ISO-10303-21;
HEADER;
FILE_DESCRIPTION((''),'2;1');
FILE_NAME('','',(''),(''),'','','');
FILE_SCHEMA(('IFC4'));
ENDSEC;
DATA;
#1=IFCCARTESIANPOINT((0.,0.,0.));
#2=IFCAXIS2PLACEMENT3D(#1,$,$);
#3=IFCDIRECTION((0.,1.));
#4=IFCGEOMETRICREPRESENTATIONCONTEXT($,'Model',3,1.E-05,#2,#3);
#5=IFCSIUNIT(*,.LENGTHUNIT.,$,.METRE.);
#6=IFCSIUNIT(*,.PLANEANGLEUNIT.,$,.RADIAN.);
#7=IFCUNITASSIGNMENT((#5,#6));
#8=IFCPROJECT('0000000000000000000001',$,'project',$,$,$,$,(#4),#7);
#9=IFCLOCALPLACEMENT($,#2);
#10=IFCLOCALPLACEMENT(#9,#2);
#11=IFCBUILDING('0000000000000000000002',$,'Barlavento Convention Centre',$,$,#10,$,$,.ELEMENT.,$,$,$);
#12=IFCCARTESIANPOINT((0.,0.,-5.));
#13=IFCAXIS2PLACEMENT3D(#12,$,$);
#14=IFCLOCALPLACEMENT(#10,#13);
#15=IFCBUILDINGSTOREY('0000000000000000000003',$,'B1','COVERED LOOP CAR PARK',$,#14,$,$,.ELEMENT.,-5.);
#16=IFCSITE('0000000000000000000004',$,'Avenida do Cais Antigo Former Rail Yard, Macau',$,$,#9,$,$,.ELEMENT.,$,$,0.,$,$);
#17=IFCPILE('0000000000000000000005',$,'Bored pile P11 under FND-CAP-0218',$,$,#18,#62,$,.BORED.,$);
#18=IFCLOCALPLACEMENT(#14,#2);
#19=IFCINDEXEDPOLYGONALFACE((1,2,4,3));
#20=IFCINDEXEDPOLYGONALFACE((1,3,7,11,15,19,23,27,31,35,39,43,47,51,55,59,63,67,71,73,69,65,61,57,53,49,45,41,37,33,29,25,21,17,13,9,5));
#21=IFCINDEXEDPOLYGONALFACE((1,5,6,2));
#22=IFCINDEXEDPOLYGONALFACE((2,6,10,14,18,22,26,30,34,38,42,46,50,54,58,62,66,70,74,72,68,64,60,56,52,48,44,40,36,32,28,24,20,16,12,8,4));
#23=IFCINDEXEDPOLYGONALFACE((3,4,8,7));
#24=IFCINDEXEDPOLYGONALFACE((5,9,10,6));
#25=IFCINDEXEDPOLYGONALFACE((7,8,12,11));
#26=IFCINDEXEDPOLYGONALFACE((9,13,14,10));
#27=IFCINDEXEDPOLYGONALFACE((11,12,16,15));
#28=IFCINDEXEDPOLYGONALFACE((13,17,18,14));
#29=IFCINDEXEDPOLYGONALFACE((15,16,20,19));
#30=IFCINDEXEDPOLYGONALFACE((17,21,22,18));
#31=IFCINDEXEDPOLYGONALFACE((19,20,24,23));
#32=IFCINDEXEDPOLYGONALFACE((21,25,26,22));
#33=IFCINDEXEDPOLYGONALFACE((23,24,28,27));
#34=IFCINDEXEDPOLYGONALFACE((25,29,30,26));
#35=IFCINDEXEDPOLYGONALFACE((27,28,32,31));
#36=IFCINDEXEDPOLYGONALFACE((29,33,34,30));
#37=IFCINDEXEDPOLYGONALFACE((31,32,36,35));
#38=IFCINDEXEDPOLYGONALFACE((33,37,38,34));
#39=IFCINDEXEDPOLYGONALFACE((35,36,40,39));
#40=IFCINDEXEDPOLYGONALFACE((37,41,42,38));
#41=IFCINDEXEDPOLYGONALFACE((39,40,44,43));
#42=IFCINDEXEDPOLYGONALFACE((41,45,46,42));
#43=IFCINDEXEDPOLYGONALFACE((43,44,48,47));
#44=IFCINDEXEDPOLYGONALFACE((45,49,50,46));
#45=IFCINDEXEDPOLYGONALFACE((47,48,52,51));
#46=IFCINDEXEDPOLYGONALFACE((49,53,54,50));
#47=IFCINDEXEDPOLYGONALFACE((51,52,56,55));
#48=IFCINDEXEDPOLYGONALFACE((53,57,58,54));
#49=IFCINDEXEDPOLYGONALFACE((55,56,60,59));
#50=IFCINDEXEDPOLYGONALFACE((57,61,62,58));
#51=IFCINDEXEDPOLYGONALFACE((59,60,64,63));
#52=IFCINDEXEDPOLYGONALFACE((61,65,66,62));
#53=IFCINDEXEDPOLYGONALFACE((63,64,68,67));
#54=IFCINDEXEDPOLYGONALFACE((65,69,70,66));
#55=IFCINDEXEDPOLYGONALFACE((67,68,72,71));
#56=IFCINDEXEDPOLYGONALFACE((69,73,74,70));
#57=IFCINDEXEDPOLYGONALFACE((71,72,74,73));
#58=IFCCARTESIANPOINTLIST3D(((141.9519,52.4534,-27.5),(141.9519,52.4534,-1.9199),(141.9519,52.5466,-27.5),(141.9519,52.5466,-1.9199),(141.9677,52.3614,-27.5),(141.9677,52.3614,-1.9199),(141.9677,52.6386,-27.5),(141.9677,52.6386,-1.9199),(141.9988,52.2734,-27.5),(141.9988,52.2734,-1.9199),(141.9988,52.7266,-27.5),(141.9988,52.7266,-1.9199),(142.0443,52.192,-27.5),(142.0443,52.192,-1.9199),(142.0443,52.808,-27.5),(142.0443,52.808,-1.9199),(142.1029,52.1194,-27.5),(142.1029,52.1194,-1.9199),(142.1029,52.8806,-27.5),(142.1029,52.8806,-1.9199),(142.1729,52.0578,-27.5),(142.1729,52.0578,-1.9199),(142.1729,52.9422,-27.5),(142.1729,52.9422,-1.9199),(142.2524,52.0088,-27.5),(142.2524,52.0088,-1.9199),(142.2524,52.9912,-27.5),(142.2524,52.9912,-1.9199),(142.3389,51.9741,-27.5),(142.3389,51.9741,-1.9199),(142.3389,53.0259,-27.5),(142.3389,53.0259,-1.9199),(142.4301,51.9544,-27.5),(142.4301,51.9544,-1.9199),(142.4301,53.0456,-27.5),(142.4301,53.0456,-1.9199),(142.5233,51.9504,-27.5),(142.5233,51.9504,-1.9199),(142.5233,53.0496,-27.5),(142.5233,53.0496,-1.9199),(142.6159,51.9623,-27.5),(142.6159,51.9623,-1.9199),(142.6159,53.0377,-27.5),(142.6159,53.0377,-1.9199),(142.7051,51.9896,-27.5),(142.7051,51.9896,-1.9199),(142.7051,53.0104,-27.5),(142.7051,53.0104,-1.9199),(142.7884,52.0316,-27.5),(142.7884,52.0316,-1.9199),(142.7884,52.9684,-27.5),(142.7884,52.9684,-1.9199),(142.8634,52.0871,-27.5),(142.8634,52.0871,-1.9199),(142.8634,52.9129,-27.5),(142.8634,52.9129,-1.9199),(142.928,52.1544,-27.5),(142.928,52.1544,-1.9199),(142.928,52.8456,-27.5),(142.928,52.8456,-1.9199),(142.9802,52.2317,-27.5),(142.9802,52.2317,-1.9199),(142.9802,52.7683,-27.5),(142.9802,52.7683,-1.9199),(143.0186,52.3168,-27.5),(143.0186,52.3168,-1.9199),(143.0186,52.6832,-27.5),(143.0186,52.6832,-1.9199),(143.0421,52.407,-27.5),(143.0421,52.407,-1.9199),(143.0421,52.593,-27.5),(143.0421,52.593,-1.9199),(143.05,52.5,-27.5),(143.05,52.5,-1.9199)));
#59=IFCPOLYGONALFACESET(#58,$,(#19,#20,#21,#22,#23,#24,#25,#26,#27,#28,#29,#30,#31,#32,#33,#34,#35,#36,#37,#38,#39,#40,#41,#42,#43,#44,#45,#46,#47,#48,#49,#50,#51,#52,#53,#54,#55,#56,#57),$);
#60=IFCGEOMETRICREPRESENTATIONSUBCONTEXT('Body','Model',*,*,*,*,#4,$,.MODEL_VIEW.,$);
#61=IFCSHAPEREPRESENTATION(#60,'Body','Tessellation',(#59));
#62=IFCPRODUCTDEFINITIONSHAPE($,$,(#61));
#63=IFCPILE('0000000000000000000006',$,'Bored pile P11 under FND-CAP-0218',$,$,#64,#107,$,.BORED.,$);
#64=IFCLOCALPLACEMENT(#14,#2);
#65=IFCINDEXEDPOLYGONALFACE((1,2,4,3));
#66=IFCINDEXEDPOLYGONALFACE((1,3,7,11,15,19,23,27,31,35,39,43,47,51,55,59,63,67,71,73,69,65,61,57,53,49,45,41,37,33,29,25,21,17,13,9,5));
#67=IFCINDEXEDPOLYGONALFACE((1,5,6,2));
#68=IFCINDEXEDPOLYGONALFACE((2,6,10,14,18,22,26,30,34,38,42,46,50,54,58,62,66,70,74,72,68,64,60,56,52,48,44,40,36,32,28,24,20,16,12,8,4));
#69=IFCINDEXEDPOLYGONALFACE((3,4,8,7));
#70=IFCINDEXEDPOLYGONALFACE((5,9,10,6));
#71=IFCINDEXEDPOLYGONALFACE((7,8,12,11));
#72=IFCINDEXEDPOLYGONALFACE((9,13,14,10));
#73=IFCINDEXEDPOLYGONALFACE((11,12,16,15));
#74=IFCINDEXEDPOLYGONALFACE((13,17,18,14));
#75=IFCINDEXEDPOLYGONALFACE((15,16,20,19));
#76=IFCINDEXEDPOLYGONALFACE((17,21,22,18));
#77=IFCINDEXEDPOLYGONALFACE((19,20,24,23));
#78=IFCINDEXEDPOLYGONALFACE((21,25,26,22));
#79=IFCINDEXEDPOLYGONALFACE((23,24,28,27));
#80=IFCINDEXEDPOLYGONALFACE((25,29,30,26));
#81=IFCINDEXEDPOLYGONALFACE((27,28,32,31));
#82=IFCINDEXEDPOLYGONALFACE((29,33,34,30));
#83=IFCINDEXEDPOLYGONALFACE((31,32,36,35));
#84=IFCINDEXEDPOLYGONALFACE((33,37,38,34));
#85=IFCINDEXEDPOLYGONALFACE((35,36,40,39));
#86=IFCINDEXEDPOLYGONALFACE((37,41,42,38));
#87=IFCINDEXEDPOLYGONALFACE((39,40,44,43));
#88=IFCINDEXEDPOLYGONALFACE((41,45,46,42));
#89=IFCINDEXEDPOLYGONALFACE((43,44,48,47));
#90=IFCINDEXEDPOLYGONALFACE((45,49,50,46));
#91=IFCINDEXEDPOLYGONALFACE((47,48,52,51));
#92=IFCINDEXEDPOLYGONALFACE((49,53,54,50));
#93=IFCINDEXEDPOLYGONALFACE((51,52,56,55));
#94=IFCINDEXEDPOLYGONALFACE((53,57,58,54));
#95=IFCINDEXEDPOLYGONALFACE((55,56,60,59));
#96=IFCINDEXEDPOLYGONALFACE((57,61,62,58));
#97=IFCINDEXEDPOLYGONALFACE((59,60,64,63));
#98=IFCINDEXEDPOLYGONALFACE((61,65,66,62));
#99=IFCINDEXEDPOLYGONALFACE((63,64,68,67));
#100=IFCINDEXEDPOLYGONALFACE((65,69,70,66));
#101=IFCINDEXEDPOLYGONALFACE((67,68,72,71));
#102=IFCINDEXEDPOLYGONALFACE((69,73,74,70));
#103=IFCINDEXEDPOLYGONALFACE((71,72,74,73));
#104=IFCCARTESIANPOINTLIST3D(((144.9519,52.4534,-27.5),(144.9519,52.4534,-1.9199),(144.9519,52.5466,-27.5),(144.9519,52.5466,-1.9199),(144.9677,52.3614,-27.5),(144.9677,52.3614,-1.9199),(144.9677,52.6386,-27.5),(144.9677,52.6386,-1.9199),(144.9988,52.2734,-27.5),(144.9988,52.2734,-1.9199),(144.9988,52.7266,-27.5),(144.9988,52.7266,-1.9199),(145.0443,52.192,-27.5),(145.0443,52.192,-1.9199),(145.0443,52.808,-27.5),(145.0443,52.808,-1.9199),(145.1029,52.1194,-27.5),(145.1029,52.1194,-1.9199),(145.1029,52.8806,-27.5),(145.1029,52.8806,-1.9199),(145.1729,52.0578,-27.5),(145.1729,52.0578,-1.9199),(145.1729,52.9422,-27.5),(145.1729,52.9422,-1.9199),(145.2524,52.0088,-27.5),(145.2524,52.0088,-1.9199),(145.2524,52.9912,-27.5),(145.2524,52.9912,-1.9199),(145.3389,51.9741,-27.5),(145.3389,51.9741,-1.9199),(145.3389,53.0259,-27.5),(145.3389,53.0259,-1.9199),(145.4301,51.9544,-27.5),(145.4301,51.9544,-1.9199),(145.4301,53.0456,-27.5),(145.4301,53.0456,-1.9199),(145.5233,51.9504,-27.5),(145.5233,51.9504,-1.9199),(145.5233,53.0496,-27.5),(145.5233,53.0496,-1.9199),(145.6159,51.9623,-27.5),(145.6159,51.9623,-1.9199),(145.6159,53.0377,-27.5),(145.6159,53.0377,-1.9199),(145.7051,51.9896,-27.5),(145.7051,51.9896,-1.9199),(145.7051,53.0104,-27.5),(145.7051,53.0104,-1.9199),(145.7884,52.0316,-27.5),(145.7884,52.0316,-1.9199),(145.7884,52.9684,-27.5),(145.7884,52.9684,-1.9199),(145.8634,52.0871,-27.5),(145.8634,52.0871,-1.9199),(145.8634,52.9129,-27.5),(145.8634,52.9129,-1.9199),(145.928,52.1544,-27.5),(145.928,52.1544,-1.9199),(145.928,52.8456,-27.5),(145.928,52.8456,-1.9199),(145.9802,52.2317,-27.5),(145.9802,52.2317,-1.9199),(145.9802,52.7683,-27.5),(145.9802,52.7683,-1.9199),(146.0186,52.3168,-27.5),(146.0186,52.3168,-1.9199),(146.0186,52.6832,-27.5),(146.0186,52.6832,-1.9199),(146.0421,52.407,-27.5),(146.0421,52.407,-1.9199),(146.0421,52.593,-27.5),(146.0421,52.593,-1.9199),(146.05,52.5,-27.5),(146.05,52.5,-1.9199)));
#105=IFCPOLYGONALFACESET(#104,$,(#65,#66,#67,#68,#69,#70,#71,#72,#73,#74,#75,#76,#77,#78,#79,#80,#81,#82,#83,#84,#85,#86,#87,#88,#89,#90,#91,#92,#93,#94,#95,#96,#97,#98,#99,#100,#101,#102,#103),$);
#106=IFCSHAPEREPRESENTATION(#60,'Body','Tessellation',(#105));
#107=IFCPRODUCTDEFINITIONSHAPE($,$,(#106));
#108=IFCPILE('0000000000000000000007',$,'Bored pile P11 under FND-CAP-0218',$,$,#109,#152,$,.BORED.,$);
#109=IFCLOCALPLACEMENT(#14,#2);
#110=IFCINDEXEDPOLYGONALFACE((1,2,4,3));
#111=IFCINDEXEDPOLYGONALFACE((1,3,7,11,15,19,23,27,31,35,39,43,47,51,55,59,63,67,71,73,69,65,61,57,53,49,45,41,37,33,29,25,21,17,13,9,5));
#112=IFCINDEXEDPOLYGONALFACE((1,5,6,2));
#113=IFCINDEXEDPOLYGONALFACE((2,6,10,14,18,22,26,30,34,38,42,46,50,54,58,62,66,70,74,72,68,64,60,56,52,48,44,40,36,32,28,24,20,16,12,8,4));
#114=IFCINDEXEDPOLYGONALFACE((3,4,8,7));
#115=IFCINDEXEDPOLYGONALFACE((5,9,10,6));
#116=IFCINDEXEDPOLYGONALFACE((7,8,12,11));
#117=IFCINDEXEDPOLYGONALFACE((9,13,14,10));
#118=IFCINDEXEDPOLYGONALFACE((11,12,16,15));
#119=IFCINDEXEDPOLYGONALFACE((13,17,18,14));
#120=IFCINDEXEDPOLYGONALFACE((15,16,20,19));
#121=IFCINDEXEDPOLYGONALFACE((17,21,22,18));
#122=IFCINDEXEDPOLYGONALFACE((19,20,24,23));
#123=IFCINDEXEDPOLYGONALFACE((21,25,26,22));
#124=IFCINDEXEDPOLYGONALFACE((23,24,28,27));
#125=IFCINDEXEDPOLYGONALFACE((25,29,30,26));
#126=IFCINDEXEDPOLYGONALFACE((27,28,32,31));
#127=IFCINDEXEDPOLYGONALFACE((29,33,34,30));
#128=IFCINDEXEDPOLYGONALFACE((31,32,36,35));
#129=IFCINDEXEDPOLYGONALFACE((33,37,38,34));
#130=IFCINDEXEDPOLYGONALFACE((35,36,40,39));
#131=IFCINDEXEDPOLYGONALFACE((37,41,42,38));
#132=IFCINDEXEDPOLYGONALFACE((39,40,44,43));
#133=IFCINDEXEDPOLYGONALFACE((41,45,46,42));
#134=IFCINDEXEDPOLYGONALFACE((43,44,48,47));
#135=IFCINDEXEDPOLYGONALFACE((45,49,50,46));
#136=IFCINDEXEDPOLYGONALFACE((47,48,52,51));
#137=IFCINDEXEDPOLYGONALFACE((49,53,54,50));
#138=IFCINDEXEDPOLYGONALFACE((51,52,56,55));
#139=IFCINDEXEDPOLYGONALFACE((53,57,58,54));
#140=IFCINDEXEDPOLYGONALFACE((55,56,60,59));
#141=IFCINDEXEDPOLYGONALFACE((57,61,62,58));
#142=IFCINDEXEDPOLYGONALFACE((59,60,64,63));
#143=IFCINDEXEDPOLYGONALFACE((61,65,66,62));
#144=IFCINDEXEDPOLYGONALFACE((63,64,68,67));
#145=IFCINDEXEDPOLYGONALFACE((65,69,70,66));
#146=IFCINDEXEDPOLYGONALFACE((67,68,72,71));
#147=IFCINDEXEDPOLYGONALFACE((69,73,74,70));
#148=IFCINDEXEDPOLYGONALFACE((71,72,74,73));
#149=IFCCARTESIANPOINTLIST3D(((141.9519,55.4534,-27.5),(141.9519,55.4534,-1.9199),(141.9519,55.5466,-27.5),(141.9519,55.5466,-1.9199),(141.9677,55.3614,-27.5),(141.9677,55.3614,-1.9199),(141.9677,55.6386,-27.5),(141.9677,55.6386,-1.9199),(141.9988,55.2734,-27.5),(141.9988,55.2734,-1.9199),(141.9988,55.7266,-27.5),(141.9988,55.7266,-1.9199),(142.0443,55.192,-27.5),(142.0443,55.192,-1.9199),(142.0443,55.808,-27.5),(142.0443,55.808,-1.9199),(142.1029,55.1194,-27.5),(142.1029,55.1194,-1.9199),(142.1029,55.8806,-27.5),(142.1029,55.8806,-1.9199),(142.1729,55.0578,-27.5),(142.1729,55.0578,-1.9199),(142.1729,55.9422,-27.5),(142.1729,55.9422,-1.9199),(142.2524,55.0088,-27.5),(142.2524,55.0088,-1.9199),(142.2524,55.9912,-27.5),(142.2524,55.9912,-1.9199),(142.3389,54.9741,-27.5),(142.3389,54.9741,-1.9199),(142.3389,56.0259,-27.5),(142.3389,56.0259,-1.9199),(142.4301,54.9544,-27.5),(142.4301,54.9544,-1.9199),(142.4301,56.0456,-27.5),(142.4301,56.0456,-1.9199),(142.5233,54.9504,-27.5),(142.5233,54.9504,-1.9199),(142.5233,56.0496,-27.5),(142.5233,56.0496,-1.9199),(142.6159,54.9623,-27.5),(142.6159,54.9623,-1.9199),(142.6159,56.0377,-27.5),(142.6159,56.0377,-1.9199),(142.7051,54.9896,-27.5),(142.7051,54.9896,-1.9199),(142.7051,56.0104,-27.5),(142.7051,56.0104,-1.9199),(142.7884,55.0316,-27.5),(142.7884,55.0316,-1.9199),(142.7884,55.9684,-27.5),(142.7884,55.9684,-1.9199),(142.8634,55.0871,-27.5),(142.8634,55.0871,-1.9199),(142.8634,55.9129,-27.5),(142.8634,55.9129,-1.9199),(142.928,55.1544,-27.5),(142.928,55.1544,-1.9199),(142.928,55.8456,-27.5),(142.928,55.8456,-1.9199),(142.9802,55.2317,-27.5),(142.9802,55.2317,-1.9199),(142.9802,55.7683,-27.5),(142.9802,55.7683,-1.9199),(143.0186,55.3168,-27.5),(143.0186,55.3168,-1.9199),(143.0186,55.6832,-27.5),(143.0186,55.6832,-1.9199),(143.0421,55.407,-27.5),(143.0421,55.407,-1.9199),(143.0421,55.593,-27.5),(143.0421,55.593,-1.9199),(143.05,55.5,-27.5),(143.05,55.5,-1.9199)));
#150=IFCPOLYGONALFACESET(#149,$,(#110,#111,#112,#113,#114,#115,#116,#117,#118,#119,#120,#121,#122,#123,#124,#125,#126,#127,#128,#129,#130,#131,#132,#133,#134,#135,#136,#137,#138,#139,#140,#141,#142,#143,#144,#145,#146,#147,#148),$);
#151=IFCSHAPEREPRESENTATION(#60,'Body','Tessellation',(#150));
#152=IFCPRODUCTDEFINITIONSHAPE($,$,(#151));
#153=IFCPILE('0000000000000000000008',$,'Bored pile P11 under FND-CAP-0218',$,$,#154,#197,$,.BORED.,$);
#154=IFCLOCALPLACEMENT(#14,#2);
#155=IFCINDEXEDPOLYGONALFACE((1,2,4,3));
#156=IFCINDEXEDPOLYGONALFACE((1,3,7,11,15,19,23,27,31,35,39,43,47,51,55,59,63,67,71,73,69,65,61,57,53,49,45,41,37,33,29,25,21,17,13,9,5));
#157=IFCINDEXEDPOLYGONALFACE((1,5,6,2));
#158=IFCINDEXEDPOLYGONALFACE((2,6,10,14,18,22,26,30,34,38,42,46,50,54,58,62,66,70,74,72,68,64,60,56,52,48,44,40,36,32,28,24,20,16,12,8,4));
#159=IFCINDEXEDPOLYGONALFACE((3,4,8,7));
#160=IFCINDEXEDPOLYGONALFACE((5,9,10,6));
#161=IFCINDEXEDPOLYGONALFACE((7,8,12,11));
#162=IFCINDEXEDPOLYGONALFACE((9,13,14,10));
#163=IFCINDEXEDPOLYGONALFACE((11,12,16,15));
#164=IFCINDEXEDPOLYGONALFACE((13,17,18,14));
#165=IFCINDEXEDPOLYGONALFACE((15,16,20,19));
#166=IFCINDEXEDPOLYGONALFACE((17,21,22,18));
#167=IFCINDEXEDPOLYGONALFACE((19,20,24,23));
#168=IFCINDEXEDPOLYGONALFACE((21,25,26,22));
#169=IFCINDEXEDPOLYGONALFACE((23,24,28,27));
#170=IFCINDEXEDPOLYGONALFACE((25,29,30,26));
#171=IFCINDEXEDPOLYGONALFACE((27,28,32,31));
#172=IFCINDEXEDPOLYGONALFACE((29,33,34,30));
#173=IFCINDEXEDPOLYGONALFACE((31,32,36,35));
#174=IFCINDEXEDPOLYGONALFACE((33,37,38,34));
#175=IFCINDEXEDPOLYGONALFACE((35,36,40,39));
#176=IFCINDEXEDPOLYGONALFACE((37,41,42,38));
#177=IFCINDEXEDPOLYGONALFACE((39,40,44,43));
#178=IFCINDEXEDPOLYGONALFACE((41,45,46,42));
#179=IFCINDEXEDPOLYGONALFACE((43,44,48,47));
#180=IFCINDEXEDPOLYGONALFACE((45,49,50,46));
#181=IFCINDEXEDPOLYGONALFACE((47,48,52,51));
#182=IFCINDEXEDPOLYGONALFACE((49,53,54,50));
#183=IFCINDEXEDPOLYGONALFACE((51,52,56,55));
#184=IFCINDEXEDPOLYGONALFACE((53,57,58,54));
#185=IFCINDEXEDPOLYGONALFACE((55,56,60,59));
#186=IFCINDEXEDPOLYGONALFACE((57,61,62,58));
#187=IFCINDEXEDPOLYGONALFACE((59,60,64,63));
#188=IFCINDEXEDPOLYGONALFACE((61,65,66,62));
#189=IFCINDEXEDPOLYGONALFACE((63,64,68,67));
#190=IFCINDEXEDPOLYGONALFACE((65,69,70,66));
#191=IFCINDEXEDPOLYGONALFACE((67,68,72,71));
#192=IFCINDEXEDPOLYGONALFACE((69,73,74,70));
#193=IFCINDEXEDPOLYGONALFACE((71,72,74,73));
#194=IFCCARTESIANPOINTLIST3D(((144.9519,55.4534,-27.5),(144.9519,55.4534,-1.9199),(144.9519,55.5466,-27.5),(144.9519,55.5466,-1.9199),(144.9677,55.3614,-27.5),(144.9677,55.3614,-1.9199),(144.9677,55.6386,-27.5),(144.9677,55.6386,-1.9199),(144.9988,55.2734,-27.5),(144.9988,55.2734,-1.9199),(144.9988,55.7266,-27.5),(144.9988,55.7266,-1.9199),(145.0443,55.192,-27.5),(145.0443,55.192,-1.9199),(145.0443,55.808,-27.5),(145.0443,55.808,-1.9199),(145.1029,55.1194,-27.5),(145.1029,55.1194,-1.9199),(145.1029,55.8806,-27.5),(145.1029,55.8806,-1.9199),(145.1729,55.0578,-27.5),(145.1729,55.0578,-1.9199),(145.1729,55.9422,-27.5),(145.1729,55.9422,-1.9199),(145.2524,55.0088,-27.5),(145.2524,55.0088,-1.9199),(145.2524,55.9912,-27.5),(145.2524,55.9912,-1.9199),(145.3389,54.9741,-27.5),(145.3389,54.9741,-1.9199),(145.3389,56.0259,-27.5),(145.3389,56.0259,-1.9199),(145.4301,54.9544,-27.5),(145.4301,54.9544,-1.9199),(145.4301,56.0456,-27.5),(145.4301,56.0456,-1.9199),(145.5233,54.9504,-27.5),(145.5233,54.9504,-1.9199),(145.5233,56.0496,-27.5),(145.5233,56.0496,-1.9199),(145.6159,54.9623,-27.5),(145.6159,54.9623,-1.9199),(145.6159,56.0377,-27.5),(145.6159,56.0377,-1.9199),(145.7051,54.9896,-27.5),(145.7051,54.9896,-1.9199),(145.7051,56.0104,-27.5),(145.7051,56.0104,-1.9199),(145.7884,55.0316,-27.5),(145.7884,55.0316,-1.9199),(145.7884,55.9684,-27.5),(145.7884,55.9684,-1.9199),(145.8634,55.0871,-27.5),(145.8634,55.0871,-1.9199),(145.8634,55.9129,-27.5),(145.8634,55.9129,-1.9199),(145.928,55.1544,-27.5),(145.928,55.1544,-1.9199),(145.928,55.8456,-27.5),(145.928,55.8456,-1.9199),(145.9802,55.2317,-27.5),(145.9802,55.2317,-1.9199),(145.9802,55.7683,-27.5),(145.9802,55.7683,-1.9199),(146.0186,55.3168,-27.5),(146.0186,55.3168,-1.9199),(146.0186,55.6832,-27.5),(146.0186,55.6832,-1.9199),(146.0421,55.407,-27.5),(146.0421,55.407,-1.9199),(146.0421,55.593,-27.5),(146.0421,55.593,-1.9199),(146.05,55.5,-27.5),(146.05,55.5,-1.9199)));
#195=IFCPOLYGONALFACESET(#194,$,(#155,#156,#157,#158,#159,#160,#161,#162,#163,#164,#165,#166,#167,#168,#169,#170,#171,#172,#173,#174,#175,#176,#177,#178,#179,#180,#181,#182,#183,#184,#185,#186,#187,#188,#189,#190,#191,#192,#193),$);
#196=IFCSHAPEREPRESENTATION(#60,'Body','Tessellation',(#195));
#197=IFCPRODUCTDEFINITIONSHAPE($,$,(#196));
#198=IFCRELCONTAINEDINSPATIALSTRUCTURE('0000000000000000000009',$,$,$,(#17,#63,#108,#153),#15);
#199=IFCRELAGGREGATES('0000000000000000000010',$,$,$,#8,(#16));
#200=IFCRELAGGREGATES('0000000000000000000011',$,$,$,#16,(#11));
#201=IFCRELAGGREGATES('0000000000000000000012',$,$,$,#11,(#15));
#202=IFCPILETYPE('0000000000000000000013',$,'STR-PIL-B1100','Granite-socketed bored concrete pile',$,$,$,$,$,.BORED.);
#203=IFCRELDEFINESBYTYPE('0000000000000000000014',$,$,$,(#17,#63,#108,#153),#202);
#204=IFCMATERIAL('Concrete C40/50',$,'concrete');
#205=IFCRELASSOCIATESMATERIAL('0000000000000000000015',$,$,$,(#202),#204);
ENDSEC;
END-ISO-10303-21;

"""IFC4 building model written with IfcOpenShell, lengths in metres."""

from ifc_helpers import new_model, si_unit, direction, frame, origin, origin_2d, place, context, subcontext, project, spatial, circle, extrude, material, material_profile, profile_set, type_object, element, save


model = new_model("IFC4")

# Units and contexts
model_context = context("Model", 3, precision=1e-05, world=origin(), true_north=direction((0.0, 1.0)))
body_context = subcontext(model_context, "Body", "Model", "MODEL_VIEW")
ifc_project = project(units=[si_unit("LENGTHUNIT", "METRE"), si_unit("PLANEANGLEUNIT", "RADIAN")], contexts=[model_context])

# Site, building, storey
site_placement = place(None, origin())
site = spatial("IfcSite", under=ifc_project, at=site_placement, Name="Avenida do Cais Antigo Former Rail Yard, Macau", CompositionType="ELEMENT", RefElevation=0.0)
building_placement = place(site_placement, origin())
building = spatial("IfcBuilding", under=site, at=building_placement, Name="Barlavento Convention Centre", CompositionType="ELEMENT")
storey_placement = place(building_placement, frame((0.0, 0.0, -5.0)))
storey = spatial("IfcBuildingStorey", under=building, at=storey_placement, Name="B1", Description="COVERED LOOP CAR PARK", CompositionType="ELEMENT", Elevation=-5.0)

# Shared definitions
ifc_material_1 = material(Name="Concrete C40/50", Category="concrete")

# Piles
ifc_material_profile_1 = material_profile(ifc_material_1, circle(Radius=0.55, at=origin_2d()), Name="BORED PILE 1100")
ifc_profile_set_1 = profile_set([ifc_material_profile_1], Name="Concrete C40/50")
pile_type_1 = type_object("IfcPileType", Name="STR-PIL-B1100", Description="Granite-socketed bored concrete pile", PredefinedType="BORED", material=ifc_profile_set_1)
for number, where, z_axis, x_axis, name in (
    (1, (142.5, 52.5, -1.9199), (0.0, 0.0, -1.0), (1.0, 0.0, 0.0), "Bored pile P11 under FND-CAP-0218"),
    (2, (145.5, 52.5, -1.9199), (0.0, 0.0, -1.0), (1.0, 0.0, 0.0), "Bored pile P11 under FND-CAP-0218"),
    (3, (142.5, 55.5, -1.9199), (0.0, 0.0, -1.0), (1.0, 0.0, 0.0), "Bored pile P11 under FND-CAP-0218"),
    (4, (145.5, 55.5, -1.9199), (0.0, 0.0, -1.0), (1.0, 0.0, 0.0), "Bored pile P11 under FND-CAP-0218"),
):
    element("IfcPile", number, at=place(storey_placement, frame(where, z_axis=z_axis, x_axis=x_axis)), inside=storey, type_object=pile_type_1, Name=name, PredefinedType="BORED", context=body_context, shape_type="SweptSolid", body=[
        extrude(circle(Radius=0.55, at=origin_2d()), origin(), (0.0, 0.0, 1.0), 25.5801),
    ])

save(model, "model.ifc")
